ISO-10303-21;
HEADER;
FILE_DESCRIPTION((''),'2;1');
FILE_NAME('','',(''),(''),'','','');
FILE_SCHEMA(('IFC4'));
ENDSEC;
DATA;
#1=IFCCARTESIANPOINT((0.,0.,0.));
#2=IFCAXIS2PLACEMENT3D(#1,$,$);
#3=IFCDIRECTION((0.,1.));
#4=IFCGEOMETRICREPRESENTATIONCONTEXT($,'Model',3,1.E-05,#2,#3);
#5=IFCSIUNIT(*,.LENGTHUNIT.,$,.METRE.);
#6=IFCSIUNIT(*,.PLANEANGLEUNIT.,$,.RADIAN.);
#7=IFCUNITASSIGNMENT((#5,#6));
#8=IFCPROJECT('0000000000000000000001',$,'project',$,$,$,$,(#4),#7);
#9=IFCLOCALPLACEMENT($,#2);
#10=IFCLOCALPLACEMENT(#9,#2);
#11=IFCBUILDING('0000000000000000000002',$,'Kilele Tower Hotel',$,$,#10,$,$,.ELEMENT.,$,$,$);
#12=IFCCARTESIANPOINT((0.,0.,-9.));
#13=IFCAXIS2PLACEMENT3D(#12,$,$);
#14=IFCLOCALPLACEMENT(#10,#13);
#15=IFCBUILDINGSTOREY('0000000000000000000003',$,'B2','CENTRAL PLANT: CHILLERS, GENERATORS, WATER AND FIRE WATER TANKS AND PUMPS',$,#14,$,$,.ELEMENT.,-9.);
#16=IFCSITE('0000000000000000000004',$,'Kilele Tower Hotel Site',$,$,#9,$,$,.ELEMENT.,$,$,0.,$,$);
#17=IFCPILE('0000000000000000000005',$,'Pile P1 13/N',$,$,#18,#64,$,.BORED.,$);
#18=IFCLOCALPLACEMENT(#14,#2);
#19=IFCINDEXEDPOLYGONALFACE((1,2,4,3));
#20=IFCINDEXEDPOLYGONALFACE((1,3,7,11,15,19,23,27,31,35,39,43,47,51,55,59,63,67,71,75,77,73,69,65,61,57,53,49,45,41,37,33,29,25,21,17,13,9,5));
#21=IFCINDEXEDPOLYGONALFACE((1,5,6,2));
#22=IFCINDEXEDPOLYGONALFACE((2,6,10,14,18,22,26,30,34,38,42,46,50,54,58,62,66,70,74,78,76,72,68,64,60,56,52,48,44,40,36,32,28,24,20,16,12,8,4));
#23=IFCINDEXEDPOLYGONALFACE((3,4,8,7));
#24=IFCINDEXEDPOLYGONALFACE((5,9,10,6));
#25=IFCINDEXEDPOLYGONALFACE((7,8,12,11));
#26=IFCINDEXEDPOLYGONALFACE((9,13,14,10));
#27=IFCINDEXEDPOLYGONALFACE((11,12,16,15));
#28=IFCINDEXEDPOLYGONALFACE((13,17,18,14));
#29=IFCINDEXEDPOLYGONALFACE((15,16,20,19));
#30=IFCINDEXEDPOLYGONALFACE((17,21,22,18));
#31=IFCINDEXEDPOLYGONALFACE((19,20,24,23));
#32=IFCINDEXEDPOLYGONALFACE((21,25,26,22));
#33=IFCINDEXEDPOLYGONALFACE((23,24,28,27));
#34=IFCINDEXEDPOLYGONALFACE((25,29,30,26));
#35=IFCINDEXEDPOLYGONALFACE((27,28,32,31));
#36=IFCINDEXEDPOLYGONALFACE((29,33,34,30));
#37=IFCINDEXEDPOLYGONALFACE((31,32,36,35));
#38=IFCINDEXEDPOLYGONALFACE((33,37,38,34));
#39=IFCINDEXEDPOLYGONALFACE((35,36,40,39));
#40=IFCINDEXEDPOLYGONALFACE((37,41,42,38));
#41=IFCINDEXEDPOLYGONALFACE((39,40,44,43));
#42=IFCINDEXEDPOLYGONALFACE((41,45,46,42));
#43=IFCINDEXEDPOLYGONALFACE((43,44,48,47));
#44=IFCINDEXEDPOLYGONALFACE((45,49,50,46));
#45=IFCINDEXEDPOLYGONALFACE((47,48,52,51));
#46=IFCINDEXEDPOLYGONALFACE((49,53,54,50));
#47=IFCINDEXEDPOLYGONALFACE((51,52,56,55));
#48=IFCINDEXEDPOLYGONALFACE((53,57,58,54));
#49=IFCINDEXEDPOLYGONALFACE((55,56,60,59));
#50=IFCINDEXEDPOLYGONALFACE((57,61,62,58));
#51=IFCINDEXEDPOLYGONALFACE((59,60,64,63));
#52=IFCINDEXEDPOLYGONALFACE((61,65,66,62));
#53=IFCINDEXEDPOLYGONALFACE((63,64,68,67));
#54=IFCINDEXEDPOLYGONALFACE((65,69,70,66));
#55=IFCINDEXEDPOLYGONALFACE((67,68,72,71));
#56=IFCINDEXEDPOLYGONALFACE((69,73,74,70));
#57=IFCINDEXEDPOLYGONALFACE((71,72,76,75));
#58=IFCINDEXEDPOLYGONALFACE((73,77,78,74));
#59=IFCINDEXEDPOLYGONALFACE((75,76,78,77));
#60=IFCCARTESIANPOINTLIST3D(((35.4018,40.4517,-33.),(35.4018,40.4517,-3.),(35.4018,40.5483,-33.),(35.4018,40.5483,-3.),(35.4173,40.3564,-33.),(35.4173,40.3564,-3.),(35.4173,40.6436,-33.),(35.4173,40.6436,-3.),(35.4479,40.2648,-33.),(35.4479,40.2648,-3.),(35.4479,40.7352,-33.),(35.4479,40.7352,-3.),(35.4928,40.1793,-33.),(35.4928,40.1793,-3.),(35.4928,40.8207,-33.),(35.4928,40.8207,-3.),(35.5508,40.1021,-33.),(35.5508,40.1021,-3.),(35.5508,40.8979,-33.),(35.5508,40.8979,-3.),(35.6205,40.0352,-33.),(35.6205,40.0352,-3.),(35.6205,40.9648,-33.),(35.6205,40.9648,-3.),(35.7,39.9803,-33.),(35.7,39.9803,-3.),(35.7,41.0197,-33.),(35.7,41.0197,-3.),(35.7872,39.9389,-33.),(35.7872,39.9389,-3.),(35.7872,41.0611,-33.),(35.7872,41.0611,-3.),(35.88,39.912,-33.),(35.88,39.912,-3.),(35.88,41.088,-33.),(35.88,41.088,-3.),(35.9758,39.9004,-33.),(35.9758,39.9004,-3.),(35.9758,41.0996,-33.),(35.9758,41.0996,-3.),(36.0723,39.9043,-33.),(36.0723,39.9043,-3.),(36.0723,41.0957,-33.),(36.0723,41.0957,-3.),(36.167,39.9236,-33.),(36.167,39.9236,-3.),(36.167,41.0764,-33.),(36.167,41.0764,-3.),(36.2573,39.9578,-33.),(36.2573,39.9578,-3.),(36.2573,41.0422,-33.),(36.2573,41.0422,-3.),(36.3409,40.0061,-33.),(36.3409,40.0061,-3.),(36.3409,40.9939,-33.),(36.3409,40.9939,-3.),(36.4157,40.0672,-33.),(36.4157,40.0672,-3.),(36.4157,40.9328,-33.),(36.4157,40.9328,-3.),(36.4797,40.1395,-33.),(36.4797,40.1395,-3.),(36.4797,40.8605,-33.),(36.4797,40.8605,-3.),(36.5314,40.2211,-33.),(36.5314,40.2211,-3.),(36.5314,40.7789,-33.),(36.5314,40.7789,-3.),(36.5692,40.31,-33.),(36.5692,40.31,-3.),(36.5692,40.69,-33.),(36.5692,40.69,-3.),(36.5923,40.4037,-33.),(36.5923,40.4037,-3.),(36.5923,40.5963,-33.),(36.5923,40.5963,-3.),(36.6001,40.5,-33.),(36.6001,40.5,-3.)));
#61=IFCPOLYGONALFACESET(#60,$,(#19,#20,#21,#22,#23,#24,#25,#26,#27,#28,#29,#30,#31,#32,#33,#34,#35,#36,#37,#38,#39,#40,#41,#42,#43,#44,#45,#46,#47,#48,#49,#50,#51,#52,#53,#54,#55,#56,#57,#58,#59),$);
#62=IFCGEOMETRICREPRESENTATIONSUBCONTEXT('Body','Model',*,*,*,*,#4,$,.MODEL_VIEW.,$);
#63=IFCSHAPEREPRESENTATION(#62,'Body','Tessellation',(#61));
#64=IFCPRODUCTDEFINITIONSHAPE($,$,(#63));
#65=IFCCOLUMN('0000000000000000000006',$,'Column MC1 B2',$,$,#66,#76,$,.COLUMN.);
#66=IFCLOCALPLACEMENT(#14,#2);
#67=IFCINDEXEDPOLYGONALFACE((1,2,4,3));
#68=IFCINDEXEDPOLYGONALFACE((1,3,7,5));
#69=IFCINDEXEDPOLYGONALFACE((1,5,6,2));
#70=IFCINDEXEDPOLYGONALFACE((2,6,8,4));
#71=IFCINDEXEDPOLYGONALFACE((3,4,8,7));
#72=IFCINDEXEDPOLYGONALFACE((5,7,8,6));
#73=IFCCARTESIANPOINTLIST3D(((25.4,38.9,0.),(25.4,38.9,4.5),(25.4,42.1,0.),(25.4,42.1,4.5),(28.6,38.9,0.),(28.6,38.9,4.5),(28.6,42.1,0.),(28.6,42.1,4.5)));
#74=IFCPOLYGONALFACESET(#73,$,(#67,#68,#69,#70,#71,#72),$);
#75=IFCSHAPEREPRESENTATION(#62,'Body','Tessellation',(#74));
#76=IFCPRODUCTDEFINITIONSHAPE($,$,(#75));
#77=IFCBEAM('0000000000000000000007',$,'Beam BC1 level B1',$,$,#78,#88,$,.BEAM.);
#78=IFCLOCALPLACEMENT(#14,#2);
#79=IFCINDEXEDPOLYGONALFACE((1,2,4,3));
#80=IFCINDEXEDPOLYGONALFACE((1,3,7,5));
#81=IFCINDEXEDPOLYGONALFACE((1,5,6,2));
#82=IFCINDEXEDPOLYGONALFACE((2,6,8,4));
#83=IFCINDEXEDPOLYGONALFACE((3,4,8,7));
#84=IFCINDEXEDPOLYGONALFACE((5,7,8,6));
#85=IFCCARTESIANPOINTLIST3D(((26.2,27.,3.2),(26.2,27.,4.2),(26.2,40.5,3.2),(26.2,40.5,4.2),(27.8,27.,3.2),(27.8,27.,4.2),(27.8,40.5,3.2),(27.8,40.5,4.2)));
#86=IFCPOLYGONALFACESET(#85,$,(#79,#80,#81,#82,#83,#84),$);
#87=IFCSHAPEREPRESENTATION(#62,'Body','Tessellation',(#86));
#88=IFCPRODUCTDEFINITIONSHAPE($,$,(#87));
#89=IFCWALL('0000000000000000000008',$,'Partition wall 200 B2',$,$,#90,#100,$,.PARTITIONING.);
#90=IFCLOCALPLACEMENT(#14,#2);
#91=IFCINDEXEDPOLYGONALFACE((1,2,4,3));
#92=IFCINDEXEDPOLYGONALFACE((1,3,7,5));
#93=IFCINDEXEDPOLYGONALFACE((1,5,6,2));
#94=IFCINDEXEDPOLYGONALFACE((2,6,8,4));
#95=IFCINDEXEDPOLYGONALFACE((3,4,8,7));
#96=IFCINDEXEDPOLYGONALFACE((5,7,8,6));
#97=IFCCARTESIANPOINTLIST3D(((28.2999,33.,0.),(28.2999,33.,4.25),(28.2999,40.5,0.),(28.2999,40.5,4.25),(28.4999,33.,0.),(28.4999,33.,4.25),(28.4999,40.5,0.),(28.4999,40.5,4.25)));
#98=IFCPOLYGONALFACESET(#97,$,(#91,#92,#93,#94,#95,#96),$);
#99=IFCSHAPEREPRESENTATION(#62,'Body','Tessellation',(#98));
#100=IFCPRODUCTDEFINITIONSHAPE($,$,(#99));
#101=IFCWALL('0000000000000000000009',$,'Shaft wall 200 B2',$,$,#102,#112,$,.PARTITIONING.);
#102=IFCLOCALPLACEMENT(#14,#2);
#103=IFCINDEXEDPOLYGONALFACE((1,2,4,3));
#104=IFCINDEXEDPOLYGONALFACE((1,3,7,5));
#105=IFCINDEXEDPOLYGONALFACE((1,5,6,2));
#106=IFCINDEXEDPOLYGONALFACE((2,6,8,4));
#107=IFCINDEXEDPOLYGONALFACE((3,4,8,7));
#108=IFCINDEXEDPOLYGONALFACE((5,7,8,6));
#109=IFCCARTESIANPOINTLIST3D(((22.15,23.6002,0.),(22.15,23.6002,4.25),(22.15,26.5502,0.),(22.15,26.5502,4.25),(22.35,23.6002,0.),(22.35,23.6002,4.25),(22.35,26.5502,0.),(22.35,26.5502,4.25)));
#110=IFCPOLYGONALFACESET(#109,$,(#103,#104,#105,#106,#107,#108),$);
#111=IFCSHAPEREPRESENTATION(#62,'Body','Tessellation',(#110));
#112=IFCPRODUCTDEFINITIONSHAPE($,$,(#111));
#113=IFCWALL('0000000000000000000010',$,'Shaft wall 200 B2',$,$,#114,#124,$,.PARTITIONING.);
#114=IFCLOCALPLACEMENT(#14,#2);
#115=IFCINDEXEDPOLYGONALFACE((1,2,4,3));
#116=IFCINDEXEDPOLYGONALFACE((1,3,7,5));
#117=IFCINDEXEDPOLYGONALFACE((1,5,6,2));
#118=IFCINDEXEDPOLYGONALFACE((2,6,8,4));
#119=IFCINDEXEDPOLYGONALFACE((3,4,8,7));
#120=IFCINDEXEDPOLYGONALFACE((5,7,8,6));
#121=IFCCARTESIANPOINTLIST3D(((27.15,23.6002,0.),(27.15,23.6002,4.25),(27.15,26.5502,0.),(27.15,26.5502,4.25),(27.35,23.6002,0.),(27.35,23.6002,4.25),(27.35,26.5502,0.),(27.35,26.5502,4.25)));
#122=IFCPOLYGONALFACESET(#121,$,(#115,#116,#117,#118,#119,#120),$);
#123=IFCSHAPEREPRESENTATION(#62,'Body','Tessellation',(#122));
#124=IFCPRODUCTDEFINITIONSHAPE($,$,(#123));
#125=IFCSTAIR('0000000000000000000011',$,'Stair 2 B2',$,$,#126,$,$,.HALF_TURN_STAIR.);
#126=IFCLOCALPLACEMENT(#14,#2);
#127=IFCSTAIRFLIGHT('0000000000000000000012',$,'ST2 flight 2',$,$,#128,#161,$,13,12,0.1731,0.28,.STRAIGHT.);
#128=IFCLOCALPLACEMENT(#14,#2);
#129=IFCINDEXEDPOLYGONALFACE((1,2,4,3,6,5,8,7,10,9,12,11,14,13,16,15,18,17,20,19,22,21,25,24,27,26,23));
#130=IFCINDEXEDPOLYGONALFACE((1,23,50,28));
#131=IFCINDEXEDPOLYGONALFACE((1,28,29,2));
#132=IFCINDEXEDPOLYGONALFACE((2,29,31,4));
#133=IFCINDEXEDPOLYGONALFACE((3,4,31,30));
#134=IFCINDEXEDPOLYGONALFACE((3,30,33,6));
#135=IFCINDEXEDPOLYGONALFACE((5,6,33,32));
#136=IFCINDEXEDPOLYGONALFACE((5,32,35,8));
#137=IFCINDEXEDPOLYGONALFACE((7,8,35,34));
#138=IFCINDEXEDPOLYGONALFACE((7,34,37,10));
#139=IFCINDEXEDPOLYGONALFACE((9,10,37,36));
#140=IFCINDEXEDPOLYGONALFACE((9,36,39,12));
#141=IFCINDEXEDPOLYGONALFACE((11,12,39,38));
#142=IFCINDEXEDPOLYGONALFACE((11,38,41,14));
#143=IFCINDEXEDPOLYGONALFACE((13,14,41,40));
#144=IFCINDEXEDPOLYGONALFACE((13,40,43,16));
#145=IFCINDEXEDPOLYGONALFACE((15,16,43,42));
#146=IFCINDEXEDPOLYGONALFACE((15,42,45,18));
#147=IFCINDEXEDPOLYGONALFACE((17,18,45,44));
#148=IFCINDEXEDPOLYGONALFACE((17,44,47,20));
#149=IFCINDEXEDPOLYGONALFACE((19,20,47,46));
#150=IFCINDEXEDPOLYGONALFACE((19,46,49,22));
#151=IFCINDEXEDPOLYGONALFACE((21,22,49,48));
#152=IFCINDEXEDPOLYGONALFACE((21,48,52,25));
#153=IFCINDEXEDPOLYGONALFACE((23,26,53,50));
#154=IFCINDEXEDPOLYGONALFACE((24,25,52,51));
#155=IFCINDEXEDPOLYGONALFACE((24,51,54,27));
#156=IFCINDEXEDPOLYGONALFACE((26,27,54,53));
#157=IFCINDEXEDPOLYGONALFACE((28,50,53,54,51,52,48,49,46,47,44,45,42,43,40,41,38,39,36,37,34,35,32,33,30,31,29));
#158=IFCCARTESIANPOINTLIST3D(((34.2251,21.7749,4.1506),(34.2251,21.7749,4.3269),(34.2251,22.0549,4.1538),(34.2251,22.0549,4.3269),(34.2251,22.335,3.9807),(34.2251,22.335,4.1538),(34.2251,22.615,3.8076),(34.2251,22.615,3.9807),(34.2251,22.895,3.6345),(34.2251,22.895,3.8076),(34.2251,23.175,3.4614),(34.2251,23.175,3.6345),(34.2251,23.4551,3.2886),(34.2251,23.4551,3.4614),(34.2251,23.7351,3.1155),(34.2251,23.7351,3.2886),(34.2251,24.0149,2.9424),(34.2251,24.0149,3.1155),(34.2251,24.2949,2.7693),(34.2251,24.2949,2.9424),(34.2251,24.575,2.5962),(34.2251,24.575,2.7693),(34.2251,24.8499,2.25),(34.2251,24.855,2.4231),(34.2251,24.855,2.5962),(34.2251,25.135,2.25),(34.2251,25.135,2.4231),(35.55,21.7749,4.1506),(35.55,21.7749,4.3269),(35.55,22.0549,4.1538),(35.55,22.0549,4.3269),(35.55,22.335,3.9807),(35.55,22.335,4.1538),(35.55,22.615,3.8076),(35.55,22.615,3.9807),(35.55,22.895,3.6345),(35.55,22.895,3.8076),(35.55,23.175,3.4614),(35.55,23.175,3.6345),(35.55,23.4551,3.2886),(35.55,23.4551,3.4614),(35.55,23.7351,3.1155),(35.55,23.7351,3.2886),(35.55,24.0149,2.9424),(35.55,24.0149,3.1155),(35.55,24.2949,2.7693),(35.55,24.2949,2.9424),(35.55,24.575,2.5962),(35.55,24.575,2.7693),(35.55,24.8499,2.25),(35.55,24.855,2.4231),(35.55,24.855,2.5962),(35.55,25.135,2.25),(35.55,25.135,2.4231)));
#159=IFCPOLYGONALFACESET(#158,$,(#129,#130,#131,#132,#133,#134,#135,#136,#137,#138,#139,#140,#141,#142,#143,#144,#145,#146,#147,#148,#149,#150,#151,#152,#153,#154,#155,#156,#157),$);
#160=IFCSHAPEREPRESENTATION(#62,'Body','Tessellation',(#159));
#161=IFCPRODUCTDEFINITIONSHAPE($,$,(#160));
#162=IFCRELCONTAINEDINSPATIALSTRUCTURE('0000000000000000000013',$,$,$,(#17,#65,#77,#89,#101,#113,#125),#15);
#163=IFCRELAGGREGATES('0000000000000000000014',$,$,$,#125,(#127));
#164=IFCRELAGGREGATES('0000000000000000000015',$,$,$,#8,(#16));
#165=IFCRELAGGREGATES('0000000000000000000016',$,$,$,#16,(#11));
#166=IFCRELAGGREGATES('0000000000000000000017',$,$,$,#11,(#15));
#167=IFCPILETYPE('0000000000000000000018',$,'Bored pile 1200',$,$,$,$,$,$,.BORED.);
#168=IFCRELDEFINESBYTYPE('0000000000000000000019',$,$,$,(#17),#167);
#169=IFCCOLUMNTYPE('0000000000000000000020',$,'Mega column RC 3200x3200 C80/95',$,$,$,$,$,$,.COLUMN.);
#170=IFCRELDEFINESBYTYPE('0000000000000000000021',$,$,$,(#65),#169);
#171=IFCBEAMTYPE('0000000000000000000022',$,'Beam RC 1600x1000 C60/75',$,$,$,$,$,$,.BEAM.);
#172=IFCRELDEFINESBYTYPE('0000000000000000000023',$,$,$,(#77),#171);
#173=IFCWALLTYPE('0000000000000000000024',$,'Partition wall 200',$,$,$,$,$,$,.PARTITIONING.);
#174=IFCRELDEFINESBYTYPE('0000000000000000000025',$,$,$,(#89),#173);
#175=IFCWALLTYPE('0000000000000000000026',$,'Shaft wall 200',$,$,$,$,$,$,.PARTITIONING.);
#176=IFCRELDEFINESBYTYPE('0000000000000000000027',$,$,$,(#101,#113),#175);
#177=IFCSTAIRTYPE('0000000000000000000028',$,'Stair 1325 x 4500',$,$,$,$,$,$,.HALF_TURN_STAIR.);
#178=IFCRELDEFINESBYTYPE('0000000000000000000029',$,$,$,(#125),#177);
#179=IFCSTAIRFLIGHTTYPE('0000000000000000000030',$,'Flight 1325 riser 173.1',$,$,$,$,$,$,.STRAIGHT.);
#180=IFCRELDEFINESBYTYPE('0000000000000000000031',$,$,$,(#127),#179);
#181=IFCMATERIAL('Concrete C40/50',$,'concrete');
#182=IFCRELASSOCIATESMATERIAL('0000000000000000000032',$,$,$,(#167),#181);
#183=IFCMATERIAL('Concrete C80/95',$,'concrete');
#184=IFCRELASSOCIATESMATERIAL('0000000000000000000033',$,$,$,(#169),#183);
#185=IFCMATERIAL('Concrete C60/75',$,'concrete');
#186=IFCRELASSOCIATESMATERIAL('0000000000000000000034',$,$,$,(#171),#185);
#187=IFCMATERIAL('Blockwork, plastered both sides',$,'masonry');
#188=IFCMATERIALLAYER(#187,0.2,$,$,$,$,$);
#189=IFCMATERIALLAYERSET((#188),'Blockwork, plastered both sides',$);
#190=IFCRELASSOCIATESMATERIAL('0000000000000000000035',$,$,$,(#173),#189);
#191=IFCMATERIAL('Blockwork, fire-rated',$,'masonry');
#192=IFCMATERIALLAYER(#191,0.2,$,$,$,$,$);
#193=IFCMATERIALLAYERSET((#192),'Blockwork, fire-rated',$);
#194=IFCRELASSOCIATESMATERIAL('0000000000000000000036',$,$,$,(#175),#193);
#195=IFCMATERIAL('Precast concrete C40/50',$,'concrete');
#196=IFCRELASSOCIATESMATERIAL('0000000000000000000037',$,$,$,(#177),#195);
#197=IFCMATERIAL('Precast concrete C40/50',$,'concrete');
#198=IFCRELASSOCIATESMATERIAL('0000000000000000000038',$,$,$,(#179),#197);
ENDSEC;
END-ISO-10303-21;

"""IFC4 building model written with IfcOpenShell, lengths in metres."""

from ifc_helpers import new_model, si_unit, direction, frame, frame_2d, origin, origin_2d, place, context, subcontext, project, spatial, polyline, rectangle, circle, outline, extrude, material, layer, layer_set, material_profile, profile_set, type_object, element, aggregate, save


model = new_model("IFC4")

# Units and contexts
model_context = context("Model", 3, precision=1e-05, world=origin(), true_north=direction((0.0, 1.0)))
body_context = subcontext(model_context, "Body", "Model", "MODEL_VIEW")
ifc_project = project(units=[si_unit("LENGTHUNIT", "METRE"), si_unit("PLANEANGLEUNIT", "RADIAN")], contexts=[model_context])

# Site, building, storey
site_placement = place(None, origin())
site = spatial("IfcSite", under=ifc_project, at=site_placement, Name="Kilele Tower Hotel Site", CompositionType="ELEMENT", RefElevation=0.0)
building_placement = place(site_placement, origin())
building = spatial("IfcBuilding", under=site, at=building_placement, Name="Kilele Tower Hotel", CompositionType="ELEMENT")
storey_placement = place(building_placement, frame((0.0, 0.0, -9.0)))
storey = spatial("IfcBuildingStorey", under=building, at=storey_placement, Name="B2", Description="CENTRAL PLANT: CHILLERS, GENERATORS, WATER AND FIRE WATER TANKS AND PUMPS", CompositionType="ELEMENT", Elevation=-9.0)

# Pile
ifc_material_1 = material(Name="Concrete C40/50", Category="concrete")
ifc_material_profile_1 = material_profile(ifc_material_1, circle(Radius=0.6001, at=origin_2d()))
ifc_profile_set_1 = profile_set([ifc_material_profile_1], Name="Concrete C40/50")
pile_type = type_object("IfcPileType", Name="Bored pile 1200", PredefinedType="BORED", material=ifc_profile_set_1)
for number, where, z_axis, x_axis, name in (
    (1, (36.0, 40.5, -3.0), (0.0, 0.0, -1.0), (1.0, 0.0, 0.0), "Pile P1 13/N"),
):
    element("IfcPile", number, at=place(storey_placement, frame(where, z_axis=z_axis, x_axis=x_axis)), inside=storey, type_object=pile_type, Name=name, PredefinedType="BORED", context=body_context, shape_type="SweptSolid", body=[
        extrude(circle(Radius=0.6001, at=origin_2d()), origin(), (0.0, 0.0, 1.0), 30.0),
    ])

# Column
ifc_material_2 = material(Name="Concrete C80/95", Category="concrete")
ifc_material_profile_2 = material_profile(ifc_material_2, rectangle(XDim=3.2, YDim=3.2, at=origin_2d()))
ifc_profile_set_2 = profile_set([ifc_material_profile_2], Name="Concrete C80/95")
column_type = type_object("IfcColumnType", Name="Mega column RC 3200x3200 C80/95", PredefinedType="COLUMN", material=ifc_profile_set_2)
column_placement = place(storey_placement, frame((27.0, 40.5, 0.0), z_axis=(0.0, 0.0, 1.0), x_axis=(1.0, 0.0, 0.0)))
element("IfcColumn", 2, at=column_placement, inside=storey, type_object=column_type, Name="Column MC1 B2", PredefinedType="COLUMN", context=body_context, shape_type="SweptSolid", body=[
    extrude(rectangle(XDim=3.2, YDim=3.2, at=origin_2d()), origin(), (0.0, 0.0, 1.0), 4.5),
])

# Beam
ifc_material_3 = material(Name="Concrete C60/75", Category="concrete")
ifc_material_profile_3 = material_profile(ifc_material_3, rectangle(XDim=1.6001, YDim=1.0, at=origin_2d()))
ifc_profile_set_3 = profile_set([ifc_material_profile_3], Name="Concrete C60/75")
beam_type = type_object("IfcBeamType", Name="Beam RC 1600x1000 C60/75", PredefinedType="BEAM", material=ifc_profile_set_3)
beam_placement = place(storey_placement, frame((27.0, 40.5, 3.7), z_axis=(0.0, -1.0, 0.0), x_axis=(1.0, 0.0, 0.0)))
element("IfcBeam", 3, at=beam_placement, inside=storey, type_object=beam_type, Name="Beam BC1 level B1", PredefinedType="BEAM", context=body_context, shape_type="SweptSolid", body=[
    extrude(rectangle(XDim=1.6001, YDim=1.0, at=origin_2d()), origin(), (0.0, 0.0, 1.0), 13.5),
])

# Walls
ifc_material_4 = material(Name="Blockwork, plastered both sides", Category="masonry")
ifc_layer_1 = layer(ifc_material_4, 0.2)
ifc_layer_set_1 = layer_set([ifc_layer_1], Name="Blockwork, plastered both sides")
wall_type_1 = type_object("IfcWallType", Name="Partition wall 200", PredefinedType="PARTITIONING", material=ifc_layer_set_1)
wall_placement = place(storey_placement, frame((28.3999, 33.0, 0.0), z_axis=(0.0, 0.0, 1.0), x_axis=(0.0, 1.0, 0.0)))
element("IfcWall", 4, at=wall_placement, inside=storey, type_object=wall_type_1, Name="Partition wall 200 B2", PredefinedType="PARTITIONING", context=body_context, shape_type="SweptSolid", body=[
    extrude(rectangle(XDim=7.5, YDim=0.2, at=frame_2d((3.75, 0.0))), origin(), (0.0, 0.0, 1.0), 4.25),
])
ifc_material_5 = material(Name="Blockwork, fire-rated", Category="masonry")
ifc_layer_2 = layer(ifc_material_5, 0.2)
ifc_layer_set_2 = layer_set([ifc_layer_2], Name="Blockwork, fire-rated")
wall_type_2 = type_object("IfcWallType", Name="Shaft wall 200", PredefinedType="PARTITIONING", material=ifc_layer_set_2)
for number, where, z_axis, x_axis, name in (
    (5, (22.25, 23.6001, 0.0), (0.0, 0.0, 1.0), (0.0, 1.0, 0.0), "Shaft wall 200 B2"),
    (6, (27.25, 23.6001, 0.0), (0.0, 0.0, 1.0), (0.0, 1.0, 0.0), "Shaft wall 200 B2"),
):
    element("IfcWall", number, at=place(storey_placement, frame(where, z_axis=z_axis, x_axis=x_axis)), inside=storey, type_object=wall_type_2, Name=name, PredefinedType="PARTITIONING", context=body_context, shape_type="SweptSolid", body=[
        extrude(rectangle(XDim=2.95, YDim=0.2, at=frame_2d((1.4751, 0.0))), origin(), (0.0, 0.0, 1.0), 4.25),
    ])

# Stair, stair flight
ifc_material_6 = material(Name="Precast concrete C40/50", Category="concrete")
stair_type = type_object("IfcStairType", Name="Stair 1325 x 4500", PredefinedType="HALF_TURN_STAIR", material=ifc_material_6)
stair_placement = place(storey_placement, origin())
stair = element("IfcStair", 7, at=stair_placement, inside=storey, type_object=stair_type, Name="Stair 2 B2", PredefinedType="HALF_TURN_STAIR")
ifc_material_7 = material(Name="Precast concrete C40/50", Category="concrete")
stair_flight_type = type_object("IfcStairFlightType", Name="Flight 1325 riser 173.1", PredefinedType="STRAIGHT", material=ifc_material_7)
stair_flight_placement = place(storey_placement, frame((34.8875, 25.135, 2.25), z_axis=(0.0, 0.0, 1.0), x_axis=(0.0, -1.0, 0.0)))
stair_flight = element("IfcStairFlight", 8, at=stair_flight_placement, type_object=stair_flight_type, Name="ST2 flight 2", NumberOfRisers=13, NumberOfTreads=12, PredefinedType="STRAIGHT", RiserHeight=0.1731, TreadLength=0.28, context=body_context, shape_type="SweptSolid", body=[
    extrude(outline(polyline([(0.0, 0.0), (0.0, 0.1731), (0.28, 0.1731), (0.28, 0.3462), (0.5601, 0.3462), (0.5601, 0.5193), (0.8401, 0.5193), (0.8401, 0.6924), (1.1201, 0.6924), (1.1201, 0.8655), (1.3999, 0.8655), (1.3999, 1.0386), (1.6799, 1.0386), (1.6799, 1.2114), (1.96, 1.2114), (1.96, 1.3845), (2.24, 1.3845), (2.24, 1.5576), (2.52, 1.5576), (2.52, 1.7307), (2.8, 1.7307), (2.8, 1.9038), (3.0801, 1.9038), (3.0801, 2.0769), (3.3601, 2.0769), (3.3601, 2.25), (3.3601, 1.9006), (0.2852, 0.0), (0.0, 0.0)])), frame((0.0, 0.6626, 0.0), z_axis=(0.0, -1.0, 0.0), x_axis=(1.0, 0.0, 0.0)), (0.0, 0.0, 1.0), 1.325),
])
aggregate(stair, [stair_flight])

save(model, "model.ifc")
